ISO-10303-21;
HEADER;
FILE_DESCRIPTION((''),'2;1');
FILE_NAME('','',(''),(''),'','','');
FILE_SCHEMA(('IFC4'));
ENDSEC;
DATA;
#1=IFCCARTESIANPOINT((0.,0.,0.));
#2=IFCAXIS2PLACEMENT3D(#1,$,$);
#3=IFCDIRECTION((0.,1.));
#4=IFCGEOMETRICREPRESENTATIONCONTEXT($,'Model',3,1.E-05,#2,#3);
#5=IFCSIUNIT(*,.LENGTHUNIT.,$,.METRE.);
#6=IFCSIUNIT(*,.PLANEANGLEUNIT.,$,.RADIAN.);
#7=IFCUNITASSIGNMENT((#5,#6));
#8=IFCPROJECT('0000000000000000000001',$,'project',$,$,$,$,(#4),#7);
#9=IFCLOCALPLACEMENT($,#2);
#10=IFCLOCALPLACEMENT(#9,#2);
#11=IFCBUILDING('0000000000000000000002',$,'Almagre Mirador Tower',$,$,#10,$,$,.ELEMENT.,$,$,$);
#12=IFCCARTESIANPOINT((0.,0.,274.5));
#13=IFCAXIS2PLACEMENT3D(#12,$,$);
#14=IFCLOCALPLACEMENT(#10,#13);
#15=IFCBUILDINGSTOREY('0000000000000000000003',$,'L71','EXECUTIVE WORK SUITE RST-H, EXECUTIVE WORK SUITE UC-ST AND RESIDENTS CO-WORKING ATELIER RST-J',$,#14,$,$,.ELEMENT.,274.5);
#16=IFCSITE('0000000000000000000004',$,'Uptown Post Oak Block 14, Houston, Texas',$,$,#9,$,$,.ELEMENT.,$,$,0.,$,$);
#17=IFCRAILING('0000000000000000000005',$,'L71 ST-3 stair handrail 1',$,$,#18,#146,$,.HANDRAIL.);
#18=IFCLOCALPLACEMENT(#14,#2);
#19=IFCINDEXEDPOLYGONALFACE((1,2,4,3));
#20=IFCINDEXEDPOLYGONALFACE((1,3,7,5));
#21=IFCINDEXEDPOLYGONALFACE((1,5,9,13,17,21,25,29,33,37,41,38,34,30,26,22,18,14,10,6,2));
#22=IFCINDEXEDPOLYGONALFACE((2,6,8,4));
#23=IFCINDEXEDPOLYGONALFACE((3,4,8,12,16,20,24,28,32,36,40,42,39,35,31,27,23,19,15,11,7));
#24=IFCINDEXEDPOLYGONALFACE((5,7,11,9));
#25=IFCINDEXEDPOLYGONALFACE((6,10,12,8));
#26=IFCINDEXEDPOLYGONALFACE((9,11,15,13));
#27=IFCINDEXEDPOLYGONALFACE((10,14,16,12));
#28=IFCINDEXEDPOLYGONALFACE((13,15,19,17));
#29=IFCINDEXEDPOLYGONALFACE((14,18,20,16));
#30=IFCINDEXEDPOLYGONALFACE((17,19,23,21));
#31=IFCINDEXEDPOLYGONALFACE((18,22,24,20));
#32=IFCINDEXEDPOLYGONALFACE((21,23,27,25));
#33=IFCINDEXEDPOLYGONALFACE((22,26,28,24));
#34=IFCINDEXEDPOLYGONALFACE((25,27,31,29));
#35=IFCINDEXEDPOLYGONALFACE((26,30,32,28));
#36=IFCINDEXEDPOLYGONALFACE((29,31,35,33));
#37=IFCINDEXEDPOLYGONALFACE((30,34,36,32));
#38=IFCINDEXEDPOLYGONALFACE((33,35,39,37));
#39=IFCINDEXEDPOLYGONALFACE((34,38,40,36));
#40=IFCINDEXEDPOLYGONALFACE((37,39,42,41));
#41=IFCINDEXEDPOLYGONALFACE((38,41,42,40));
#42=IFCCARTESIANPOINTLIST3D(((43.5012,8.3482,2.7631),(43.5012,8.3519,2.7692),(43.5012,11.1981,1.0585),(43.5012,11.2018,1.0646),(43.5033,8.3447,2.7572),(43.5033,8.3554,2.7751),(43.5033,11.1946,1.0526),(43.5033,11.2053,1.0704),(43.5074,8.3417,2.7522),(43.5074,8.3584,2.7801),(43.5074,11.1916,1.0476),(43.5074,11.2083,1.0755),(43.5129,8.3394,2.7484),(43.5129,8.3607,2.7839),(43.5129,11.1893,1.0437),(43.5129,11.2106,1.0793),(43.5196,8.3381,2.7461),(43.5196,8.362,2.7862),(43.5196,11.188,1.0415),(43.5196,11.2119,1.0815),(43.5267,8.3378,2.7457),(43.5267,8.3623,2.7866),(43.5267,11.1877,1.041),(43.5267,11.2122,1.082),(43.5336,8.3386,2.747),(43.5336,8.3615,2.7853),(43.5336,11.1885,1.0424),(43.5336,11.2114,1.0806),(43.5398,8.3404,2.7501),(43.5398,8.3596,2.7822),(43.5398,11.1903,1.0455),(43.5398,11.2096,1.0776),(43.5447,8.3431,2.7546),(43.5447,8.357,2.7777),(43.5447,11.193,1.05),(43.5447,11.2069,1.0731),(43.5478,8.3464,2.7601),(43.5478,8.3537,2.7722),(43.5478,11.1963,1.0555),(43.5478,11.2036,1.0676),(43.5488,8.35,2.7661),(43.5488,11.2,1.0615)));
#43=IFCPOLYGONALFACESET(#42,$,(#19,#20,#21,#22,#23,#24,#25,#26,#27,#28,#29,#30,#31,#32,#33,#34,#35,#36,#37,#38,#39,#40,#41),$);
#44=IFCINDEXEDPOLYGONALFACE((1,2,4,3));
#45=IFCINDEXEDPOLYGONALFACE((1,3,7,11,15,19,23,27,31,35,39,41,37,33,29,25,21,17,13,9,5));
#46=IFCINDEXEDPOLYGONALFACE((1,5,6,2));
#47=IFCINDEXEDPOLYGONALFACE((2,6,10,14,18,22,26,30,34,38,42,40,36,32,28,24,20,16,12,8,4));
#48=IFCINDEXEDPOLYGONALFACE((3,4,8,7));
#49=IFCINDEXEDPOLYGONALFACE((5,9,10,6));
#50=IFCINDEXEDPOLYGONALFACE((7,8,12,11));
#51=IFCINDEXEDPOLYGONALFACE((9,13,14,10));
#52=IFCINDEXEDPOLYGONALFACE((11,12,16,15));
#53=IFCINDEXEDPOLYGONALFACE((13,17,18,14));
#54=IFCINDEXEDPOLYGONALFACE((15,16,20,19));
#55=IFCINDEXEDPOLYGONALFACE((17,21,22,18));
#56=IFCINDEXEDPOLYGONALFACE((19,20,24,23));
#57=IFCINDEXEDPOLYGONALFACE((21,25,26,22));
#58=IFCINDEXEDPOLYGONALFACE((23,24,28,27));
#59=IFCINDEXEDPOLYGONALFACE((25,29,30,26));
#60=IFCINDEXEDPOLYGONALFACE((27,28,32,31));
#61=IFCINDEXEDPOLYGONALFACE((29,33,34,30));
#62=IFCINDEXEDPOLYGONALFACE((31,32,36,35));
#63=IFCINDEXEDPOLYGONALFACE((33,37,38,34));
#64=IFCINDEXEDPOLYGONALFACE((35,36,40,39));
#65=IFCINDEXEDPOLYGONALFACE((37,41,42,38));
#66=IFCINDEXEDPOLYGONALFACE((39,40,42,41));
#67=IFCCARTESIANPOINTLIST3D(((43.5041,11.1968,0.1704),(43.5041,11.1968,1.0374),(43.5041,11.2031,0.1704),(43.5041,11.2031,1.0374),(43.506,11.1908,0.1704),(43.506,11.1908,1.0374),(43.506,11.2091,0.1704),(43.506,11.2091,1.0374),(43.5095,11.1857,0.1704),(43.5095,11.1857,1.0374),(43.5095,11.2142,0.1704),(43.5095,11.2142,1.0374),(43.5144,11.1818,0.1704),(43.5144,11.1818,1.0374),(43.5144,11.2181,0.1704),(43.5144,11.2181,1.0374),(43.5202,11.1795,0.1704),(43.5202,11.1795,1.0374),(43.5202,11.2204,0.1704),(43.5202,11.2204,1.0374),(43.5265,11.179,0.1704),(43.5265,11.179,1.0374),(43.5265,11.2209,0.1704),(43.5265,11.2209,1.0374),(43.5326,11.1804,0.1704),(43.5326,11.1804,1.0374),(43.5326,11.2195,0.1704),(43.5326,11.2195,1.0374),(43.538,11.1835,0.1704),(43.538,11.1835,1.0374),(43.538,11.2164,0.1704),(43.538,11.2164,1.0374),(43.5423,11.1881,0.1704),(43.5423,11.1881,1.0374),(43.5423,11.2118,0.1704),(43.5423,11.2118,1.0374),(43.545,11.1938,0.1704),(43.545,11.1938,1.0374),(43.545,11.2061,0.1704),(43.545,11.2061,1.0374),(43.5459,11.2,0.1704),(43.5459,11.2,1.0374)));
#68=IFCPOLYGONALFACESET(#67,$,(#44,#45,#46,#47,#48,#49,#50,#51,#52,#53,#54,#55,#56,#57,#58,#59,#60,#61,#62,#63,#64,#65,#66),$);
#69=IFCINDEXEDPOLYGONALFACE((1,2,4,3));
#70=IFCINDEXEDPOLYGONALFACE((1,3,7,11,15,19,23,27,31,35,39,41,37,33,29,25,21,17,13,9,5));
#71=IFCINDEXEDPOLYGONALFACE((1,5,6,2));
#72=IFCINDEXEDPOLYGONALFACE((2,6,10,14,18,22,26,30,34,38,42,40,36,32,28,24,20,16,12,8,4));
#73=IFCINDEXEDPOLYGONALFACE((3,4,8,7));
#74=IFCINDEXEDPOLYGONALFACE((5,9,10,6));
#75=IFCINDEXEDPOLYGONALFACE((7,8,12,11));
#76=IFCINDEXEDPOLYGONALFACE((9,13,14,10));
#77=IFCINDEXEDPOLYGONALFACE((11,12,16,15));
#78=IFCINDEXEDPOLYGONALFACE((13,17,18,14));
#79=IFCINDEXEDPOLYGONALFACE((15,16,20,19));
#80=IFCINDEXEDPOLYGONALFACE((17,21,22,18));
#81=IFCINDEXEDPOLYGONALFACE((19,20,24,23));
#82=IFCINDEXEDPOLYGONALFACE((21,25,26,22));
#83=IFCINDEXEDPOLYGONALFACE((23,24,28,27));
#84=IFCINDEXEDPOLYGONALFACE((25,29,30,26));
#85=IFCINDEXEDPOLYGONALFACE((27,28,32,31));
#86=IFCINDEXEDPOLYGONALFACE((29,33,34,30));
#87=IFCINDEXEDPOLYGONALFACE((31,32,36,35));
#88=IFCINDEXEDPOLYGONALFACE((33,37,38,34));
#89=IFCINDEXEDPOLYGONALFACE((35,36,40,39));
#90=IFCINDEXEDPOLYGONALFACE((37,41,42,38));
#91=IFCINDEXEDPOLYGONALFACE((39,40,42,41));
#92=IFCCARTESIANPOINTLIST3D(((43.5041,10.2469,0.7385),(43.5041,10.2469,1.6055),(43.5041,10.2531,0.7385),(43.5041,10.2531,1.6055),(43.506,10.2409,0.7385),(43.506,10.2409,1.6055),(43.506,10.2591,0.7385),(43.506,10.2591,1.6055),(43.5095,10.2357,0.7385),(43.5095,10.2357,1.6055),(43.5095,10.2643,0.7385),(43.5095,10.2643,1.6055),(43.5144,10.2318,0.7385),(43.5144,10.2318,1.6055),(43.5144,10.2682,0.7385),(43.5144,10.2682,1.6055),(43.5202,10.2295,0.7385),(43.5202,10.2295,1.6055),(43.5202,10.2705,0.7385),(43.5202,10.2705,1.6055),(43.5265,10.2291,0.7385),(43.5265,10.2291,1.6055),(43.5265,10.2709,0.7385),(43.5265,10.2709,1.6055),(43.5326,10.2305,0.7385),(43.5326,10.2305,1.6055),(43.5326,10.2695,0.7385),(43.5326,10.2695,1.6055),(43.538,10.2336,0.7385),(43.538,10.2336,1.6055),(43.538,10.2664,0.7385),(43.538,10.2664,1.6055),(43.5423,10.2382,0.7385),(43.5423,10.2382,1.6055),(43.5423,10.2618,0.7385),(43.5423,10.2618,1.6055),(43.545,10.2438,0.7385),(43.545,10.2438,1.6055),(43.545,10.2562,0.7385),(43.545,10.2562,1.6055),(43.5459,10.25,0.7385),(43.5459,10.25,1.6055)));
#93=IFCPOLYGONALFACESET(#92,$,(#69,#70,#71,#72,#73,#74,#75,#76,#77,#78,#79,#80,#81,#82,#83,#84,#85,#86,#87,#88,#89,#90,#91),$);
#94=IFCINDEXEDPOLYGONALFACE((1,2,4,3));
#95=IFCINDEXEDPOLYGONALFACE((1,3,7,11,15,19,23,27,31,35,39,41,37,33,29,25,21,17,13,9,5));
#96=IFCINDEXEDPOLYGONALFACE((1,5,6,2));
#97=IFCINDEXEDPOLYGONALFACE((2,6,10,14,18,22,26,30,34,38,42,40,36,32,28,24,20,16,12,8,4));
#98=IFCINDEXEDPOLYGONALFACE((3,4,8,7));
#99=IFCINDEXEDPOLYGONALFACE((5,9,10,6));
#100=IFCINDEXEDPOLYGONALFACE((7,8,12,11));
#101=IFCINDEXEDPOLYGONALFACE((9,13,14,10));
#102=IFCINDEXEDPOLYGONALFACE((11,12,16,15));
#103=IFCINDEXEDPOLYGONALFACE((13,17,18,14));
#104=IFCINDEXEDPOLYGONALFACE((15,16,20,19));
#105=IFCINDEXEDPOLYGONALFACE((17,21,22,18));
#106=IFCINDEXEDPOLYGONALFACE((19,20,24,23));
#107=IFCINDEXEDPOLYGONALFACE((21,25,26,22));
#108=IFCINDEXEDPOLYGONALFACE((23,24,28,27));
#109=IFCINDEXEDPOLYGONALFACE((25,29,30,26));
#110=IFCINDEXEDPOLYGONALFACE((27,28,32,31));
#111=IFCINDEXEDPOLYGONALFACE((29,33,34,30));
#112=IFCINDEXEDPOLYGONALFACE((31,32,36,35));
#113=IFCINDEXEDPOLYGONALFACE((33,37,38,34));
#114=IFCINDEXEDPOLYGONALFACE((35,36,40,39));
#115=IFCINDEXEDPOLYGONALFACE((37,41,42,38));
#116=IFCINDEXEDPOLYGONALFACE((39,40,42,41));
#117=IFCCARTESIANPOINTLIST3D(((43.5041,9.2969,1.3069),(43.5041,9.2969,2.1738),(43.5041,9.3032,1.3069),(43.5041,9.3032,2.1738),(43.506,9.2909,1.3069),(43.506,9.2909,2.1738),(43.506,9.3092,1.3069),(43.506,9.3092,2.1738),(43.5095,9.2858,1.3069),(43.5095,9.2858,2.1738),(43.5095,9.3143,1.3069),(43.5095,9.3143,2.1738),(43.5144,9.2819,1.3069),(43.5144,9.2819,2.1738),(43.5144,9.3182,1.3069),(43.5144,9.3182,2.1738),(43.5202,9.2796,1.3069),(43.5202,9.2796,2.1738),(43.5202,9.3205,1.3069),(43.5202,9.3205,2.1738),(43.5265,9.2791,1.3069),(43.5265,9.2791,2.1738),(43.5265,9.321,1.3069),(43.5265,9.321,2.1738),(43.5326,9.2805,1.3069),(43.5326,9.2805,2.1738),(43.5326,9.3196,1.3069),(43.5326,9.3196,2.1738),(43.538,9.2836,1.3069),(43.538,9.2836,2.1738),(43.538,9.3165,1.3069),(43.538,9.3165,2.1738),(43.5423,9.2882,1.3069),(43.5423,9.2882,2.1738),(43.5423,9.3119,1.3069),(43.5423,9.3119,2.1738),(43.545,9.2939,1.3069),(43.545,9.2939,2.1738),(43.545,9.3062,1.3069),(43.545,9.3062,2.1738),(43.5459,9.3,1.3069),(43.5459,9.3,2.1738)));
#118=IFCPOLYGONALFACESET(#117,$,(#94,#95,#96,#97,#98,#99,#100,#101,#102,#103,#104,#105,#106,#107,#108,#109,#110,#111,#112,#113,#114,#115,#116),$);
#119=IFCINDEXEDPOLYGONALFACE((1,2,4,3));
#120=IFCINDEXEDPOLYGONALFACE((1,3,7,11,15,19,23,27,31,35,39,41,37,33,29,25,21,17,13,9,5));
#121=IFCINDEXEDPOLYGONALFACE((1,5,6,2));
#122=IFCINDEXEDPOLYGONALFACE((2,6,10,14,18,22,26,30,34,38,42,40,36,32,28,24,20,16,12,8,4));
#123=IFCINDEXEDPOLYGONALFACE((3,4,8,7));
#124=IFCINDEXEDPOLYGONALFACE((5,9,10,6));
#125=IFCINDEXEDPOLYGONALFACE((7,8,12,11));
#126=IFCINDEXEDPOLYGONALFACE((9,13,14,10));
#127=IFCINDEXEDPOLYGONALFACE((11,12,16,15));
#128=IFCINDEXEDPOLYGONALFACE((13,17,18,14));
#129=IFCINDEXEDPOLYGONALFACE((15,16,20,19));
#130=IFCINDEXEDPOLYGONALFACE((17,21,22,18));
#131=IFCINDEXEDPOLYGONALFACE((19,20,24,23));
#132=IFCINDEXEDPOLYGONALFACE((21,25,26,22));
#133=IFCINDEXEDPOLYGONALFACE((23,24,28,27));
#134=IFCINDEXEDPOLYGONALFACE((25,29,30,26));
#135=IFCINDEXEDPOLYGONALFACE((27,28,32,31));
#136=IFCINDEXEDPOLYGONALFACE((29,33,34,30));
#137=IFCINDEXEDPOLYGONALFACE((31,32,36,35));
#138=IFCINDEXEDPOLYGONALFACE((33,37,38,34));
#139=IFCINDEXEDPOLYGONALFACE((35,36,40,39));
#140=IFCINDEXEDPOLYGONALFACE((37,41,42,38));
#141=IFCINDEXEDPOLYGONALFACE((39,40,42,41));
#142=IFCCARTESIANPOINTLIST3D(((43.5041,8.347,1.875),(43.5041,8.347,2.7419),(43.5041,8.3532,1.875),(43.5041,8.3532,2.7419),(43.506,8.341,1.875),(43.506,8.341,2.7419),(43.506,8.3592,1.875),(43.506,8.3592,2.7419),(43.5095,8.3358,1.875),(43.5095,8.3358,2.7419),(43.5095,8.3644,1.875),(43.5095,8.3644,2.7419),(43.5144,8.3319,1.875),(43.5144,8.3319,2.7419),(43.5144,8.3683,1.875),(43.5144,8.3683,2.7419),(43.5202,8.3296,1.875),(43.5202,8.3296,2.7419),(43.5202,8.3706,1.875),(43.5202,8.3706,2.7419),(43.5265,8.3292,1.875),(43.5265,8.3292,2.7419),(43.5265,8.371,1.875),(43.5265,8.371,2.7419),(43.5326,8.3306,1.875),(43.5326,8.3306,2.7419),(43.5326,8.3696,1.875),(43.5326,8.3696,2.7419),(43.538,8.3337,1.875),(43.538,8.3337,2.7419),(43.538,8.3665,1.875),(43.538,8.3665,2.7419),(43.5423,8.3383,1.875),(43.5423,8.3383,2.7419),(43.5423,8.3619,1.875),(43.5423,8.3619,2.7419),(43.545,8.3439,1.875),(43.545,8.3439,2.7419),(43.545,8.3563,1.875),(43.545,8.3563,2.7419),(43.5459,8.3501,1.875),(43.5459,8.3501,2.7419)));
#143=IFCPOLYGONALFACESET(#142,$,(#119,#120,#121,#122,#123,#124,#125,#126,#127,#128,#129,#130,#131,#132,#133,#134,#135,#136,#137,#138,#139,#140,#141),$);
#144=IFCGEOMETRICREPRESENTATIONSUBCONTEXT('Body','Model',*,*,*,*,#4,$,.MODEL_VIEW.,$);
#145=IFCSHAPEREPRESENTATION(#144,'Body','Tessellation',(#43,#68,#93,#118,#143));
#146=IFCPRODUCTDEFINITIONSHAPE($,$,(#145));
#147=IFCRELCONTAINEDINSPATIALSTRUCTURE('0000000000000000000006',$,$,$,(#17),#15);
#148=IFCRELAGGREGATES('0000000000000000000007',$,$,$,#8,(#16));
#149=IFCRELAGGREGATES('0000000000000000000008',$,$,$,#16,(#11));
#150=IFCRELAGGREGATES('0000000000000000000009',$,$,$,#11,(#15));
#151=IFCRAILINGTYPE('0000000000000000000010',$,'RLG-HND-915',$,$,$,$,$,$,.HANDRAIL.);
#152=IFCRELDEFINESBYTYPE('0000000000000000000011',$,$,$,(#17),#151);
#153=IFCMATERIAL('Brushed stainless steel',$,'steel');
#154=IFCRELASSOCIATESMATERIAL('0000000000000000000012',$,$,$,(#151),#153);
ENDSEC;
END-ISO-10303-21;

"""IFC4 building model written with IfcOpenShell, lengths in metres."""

from ifc_helpers import new_model, si_unit, direction, frame, origin, origin_2d, place, context, subcontext, project, spatial, circle, extrude, material, type_object, element, save


model = new_model("IFC4")

# Units and contexts
model_context = context("Model", 3, precision=1e-05, world=origin(), true_north=direction((0.0, 1.0)))
body_context = subcontext(model_context, "Body", "Model", "MODEL_VIEW")
ifc_project = project(units=[si_unit("LENGTHUNIT", "METRE"), si_unit("PLANEANGLEUNIT", "RADIAN")], contexts=[model_context])

# Site, building, storey
site_placement = place(None, origin())
site = spatial("IfcSite", under=ifc_project, at=site_placement, Name="Uptown Post Oak Block 14, Houston, Texas", CompositionType="ELEMENT", RefElevation=0.0)
building_placement = place(site_placement, origin())
building = spatial("IfcBuilding", under=site, at=building_placement, Name="Almagre Mirador Tower", CompositionType="ELEMENT")
storey_placement = place(building_placement, frame((0.0, 0.0, 274.5)))
storey = spatial("IfcBuildingStorey", under=building, at=storey_placement, Name="L71", Description="EXECUTIVE WORK SUITE RST-H, EXECUTIVE WORK SUITE UC-ST AND RESIDENTS CO-WORKING ATELIER RST-J", CompositionType="ELEMENT", Elevation=274.5)

# Railing
ifc_material_1 = material(Name="Brushed stainless steel", Category="steel")
railing_type_1 = type_object("IfcRailingType", Name="RLG-HND-915", PredefinedType="HANDRAIL", material=ifc_material_1)
railing_1_placement = place(storey_placement, frame((43.5249, 11.2, 0.1704)))
element("IfcRailing", 1, at=railing_1_placement, inside=storey, type_object=railing_type_1, Name="L71 ST-3 stair handrail 1", PredefinedType="HANDRAIL", context=body_context, shape_type="SweptSolid", body=[
    extrude(circle(Radius=0.0239, at=origin_2d()), frame((0.0, 0.0, 0.8911), z_axis=(0.0, -0.858199, 0.513317), x_axis=(1.0, 0.0, 0.0)), (0.0, 0.0, 1.0), 3.3208),
    extrude(circle(Radius=0.021, at=origin_2d()), origin(), (0.0, 0.0, 1.0), 0.8669),
    extrude(circle(Radius=0.021, at=origin_2d()), frame((0.0, -0.95, 0.5681)), (0.0, 0.0, 1.0), 0.8669),
    extrude(circle(Radius=0.021, at=origin_2d()), frame((0.0, -1.8999, 1.1365)), (0.0, 0.0, 1.0), 0.8669),
    extrude(circle(Radius=0.021, at=origin_2d()), frame((0.0, -2.8499, 1.7046)), (0.0, 0.0, 1.0), 0.8669),
])

save(model, "model.ifc")
